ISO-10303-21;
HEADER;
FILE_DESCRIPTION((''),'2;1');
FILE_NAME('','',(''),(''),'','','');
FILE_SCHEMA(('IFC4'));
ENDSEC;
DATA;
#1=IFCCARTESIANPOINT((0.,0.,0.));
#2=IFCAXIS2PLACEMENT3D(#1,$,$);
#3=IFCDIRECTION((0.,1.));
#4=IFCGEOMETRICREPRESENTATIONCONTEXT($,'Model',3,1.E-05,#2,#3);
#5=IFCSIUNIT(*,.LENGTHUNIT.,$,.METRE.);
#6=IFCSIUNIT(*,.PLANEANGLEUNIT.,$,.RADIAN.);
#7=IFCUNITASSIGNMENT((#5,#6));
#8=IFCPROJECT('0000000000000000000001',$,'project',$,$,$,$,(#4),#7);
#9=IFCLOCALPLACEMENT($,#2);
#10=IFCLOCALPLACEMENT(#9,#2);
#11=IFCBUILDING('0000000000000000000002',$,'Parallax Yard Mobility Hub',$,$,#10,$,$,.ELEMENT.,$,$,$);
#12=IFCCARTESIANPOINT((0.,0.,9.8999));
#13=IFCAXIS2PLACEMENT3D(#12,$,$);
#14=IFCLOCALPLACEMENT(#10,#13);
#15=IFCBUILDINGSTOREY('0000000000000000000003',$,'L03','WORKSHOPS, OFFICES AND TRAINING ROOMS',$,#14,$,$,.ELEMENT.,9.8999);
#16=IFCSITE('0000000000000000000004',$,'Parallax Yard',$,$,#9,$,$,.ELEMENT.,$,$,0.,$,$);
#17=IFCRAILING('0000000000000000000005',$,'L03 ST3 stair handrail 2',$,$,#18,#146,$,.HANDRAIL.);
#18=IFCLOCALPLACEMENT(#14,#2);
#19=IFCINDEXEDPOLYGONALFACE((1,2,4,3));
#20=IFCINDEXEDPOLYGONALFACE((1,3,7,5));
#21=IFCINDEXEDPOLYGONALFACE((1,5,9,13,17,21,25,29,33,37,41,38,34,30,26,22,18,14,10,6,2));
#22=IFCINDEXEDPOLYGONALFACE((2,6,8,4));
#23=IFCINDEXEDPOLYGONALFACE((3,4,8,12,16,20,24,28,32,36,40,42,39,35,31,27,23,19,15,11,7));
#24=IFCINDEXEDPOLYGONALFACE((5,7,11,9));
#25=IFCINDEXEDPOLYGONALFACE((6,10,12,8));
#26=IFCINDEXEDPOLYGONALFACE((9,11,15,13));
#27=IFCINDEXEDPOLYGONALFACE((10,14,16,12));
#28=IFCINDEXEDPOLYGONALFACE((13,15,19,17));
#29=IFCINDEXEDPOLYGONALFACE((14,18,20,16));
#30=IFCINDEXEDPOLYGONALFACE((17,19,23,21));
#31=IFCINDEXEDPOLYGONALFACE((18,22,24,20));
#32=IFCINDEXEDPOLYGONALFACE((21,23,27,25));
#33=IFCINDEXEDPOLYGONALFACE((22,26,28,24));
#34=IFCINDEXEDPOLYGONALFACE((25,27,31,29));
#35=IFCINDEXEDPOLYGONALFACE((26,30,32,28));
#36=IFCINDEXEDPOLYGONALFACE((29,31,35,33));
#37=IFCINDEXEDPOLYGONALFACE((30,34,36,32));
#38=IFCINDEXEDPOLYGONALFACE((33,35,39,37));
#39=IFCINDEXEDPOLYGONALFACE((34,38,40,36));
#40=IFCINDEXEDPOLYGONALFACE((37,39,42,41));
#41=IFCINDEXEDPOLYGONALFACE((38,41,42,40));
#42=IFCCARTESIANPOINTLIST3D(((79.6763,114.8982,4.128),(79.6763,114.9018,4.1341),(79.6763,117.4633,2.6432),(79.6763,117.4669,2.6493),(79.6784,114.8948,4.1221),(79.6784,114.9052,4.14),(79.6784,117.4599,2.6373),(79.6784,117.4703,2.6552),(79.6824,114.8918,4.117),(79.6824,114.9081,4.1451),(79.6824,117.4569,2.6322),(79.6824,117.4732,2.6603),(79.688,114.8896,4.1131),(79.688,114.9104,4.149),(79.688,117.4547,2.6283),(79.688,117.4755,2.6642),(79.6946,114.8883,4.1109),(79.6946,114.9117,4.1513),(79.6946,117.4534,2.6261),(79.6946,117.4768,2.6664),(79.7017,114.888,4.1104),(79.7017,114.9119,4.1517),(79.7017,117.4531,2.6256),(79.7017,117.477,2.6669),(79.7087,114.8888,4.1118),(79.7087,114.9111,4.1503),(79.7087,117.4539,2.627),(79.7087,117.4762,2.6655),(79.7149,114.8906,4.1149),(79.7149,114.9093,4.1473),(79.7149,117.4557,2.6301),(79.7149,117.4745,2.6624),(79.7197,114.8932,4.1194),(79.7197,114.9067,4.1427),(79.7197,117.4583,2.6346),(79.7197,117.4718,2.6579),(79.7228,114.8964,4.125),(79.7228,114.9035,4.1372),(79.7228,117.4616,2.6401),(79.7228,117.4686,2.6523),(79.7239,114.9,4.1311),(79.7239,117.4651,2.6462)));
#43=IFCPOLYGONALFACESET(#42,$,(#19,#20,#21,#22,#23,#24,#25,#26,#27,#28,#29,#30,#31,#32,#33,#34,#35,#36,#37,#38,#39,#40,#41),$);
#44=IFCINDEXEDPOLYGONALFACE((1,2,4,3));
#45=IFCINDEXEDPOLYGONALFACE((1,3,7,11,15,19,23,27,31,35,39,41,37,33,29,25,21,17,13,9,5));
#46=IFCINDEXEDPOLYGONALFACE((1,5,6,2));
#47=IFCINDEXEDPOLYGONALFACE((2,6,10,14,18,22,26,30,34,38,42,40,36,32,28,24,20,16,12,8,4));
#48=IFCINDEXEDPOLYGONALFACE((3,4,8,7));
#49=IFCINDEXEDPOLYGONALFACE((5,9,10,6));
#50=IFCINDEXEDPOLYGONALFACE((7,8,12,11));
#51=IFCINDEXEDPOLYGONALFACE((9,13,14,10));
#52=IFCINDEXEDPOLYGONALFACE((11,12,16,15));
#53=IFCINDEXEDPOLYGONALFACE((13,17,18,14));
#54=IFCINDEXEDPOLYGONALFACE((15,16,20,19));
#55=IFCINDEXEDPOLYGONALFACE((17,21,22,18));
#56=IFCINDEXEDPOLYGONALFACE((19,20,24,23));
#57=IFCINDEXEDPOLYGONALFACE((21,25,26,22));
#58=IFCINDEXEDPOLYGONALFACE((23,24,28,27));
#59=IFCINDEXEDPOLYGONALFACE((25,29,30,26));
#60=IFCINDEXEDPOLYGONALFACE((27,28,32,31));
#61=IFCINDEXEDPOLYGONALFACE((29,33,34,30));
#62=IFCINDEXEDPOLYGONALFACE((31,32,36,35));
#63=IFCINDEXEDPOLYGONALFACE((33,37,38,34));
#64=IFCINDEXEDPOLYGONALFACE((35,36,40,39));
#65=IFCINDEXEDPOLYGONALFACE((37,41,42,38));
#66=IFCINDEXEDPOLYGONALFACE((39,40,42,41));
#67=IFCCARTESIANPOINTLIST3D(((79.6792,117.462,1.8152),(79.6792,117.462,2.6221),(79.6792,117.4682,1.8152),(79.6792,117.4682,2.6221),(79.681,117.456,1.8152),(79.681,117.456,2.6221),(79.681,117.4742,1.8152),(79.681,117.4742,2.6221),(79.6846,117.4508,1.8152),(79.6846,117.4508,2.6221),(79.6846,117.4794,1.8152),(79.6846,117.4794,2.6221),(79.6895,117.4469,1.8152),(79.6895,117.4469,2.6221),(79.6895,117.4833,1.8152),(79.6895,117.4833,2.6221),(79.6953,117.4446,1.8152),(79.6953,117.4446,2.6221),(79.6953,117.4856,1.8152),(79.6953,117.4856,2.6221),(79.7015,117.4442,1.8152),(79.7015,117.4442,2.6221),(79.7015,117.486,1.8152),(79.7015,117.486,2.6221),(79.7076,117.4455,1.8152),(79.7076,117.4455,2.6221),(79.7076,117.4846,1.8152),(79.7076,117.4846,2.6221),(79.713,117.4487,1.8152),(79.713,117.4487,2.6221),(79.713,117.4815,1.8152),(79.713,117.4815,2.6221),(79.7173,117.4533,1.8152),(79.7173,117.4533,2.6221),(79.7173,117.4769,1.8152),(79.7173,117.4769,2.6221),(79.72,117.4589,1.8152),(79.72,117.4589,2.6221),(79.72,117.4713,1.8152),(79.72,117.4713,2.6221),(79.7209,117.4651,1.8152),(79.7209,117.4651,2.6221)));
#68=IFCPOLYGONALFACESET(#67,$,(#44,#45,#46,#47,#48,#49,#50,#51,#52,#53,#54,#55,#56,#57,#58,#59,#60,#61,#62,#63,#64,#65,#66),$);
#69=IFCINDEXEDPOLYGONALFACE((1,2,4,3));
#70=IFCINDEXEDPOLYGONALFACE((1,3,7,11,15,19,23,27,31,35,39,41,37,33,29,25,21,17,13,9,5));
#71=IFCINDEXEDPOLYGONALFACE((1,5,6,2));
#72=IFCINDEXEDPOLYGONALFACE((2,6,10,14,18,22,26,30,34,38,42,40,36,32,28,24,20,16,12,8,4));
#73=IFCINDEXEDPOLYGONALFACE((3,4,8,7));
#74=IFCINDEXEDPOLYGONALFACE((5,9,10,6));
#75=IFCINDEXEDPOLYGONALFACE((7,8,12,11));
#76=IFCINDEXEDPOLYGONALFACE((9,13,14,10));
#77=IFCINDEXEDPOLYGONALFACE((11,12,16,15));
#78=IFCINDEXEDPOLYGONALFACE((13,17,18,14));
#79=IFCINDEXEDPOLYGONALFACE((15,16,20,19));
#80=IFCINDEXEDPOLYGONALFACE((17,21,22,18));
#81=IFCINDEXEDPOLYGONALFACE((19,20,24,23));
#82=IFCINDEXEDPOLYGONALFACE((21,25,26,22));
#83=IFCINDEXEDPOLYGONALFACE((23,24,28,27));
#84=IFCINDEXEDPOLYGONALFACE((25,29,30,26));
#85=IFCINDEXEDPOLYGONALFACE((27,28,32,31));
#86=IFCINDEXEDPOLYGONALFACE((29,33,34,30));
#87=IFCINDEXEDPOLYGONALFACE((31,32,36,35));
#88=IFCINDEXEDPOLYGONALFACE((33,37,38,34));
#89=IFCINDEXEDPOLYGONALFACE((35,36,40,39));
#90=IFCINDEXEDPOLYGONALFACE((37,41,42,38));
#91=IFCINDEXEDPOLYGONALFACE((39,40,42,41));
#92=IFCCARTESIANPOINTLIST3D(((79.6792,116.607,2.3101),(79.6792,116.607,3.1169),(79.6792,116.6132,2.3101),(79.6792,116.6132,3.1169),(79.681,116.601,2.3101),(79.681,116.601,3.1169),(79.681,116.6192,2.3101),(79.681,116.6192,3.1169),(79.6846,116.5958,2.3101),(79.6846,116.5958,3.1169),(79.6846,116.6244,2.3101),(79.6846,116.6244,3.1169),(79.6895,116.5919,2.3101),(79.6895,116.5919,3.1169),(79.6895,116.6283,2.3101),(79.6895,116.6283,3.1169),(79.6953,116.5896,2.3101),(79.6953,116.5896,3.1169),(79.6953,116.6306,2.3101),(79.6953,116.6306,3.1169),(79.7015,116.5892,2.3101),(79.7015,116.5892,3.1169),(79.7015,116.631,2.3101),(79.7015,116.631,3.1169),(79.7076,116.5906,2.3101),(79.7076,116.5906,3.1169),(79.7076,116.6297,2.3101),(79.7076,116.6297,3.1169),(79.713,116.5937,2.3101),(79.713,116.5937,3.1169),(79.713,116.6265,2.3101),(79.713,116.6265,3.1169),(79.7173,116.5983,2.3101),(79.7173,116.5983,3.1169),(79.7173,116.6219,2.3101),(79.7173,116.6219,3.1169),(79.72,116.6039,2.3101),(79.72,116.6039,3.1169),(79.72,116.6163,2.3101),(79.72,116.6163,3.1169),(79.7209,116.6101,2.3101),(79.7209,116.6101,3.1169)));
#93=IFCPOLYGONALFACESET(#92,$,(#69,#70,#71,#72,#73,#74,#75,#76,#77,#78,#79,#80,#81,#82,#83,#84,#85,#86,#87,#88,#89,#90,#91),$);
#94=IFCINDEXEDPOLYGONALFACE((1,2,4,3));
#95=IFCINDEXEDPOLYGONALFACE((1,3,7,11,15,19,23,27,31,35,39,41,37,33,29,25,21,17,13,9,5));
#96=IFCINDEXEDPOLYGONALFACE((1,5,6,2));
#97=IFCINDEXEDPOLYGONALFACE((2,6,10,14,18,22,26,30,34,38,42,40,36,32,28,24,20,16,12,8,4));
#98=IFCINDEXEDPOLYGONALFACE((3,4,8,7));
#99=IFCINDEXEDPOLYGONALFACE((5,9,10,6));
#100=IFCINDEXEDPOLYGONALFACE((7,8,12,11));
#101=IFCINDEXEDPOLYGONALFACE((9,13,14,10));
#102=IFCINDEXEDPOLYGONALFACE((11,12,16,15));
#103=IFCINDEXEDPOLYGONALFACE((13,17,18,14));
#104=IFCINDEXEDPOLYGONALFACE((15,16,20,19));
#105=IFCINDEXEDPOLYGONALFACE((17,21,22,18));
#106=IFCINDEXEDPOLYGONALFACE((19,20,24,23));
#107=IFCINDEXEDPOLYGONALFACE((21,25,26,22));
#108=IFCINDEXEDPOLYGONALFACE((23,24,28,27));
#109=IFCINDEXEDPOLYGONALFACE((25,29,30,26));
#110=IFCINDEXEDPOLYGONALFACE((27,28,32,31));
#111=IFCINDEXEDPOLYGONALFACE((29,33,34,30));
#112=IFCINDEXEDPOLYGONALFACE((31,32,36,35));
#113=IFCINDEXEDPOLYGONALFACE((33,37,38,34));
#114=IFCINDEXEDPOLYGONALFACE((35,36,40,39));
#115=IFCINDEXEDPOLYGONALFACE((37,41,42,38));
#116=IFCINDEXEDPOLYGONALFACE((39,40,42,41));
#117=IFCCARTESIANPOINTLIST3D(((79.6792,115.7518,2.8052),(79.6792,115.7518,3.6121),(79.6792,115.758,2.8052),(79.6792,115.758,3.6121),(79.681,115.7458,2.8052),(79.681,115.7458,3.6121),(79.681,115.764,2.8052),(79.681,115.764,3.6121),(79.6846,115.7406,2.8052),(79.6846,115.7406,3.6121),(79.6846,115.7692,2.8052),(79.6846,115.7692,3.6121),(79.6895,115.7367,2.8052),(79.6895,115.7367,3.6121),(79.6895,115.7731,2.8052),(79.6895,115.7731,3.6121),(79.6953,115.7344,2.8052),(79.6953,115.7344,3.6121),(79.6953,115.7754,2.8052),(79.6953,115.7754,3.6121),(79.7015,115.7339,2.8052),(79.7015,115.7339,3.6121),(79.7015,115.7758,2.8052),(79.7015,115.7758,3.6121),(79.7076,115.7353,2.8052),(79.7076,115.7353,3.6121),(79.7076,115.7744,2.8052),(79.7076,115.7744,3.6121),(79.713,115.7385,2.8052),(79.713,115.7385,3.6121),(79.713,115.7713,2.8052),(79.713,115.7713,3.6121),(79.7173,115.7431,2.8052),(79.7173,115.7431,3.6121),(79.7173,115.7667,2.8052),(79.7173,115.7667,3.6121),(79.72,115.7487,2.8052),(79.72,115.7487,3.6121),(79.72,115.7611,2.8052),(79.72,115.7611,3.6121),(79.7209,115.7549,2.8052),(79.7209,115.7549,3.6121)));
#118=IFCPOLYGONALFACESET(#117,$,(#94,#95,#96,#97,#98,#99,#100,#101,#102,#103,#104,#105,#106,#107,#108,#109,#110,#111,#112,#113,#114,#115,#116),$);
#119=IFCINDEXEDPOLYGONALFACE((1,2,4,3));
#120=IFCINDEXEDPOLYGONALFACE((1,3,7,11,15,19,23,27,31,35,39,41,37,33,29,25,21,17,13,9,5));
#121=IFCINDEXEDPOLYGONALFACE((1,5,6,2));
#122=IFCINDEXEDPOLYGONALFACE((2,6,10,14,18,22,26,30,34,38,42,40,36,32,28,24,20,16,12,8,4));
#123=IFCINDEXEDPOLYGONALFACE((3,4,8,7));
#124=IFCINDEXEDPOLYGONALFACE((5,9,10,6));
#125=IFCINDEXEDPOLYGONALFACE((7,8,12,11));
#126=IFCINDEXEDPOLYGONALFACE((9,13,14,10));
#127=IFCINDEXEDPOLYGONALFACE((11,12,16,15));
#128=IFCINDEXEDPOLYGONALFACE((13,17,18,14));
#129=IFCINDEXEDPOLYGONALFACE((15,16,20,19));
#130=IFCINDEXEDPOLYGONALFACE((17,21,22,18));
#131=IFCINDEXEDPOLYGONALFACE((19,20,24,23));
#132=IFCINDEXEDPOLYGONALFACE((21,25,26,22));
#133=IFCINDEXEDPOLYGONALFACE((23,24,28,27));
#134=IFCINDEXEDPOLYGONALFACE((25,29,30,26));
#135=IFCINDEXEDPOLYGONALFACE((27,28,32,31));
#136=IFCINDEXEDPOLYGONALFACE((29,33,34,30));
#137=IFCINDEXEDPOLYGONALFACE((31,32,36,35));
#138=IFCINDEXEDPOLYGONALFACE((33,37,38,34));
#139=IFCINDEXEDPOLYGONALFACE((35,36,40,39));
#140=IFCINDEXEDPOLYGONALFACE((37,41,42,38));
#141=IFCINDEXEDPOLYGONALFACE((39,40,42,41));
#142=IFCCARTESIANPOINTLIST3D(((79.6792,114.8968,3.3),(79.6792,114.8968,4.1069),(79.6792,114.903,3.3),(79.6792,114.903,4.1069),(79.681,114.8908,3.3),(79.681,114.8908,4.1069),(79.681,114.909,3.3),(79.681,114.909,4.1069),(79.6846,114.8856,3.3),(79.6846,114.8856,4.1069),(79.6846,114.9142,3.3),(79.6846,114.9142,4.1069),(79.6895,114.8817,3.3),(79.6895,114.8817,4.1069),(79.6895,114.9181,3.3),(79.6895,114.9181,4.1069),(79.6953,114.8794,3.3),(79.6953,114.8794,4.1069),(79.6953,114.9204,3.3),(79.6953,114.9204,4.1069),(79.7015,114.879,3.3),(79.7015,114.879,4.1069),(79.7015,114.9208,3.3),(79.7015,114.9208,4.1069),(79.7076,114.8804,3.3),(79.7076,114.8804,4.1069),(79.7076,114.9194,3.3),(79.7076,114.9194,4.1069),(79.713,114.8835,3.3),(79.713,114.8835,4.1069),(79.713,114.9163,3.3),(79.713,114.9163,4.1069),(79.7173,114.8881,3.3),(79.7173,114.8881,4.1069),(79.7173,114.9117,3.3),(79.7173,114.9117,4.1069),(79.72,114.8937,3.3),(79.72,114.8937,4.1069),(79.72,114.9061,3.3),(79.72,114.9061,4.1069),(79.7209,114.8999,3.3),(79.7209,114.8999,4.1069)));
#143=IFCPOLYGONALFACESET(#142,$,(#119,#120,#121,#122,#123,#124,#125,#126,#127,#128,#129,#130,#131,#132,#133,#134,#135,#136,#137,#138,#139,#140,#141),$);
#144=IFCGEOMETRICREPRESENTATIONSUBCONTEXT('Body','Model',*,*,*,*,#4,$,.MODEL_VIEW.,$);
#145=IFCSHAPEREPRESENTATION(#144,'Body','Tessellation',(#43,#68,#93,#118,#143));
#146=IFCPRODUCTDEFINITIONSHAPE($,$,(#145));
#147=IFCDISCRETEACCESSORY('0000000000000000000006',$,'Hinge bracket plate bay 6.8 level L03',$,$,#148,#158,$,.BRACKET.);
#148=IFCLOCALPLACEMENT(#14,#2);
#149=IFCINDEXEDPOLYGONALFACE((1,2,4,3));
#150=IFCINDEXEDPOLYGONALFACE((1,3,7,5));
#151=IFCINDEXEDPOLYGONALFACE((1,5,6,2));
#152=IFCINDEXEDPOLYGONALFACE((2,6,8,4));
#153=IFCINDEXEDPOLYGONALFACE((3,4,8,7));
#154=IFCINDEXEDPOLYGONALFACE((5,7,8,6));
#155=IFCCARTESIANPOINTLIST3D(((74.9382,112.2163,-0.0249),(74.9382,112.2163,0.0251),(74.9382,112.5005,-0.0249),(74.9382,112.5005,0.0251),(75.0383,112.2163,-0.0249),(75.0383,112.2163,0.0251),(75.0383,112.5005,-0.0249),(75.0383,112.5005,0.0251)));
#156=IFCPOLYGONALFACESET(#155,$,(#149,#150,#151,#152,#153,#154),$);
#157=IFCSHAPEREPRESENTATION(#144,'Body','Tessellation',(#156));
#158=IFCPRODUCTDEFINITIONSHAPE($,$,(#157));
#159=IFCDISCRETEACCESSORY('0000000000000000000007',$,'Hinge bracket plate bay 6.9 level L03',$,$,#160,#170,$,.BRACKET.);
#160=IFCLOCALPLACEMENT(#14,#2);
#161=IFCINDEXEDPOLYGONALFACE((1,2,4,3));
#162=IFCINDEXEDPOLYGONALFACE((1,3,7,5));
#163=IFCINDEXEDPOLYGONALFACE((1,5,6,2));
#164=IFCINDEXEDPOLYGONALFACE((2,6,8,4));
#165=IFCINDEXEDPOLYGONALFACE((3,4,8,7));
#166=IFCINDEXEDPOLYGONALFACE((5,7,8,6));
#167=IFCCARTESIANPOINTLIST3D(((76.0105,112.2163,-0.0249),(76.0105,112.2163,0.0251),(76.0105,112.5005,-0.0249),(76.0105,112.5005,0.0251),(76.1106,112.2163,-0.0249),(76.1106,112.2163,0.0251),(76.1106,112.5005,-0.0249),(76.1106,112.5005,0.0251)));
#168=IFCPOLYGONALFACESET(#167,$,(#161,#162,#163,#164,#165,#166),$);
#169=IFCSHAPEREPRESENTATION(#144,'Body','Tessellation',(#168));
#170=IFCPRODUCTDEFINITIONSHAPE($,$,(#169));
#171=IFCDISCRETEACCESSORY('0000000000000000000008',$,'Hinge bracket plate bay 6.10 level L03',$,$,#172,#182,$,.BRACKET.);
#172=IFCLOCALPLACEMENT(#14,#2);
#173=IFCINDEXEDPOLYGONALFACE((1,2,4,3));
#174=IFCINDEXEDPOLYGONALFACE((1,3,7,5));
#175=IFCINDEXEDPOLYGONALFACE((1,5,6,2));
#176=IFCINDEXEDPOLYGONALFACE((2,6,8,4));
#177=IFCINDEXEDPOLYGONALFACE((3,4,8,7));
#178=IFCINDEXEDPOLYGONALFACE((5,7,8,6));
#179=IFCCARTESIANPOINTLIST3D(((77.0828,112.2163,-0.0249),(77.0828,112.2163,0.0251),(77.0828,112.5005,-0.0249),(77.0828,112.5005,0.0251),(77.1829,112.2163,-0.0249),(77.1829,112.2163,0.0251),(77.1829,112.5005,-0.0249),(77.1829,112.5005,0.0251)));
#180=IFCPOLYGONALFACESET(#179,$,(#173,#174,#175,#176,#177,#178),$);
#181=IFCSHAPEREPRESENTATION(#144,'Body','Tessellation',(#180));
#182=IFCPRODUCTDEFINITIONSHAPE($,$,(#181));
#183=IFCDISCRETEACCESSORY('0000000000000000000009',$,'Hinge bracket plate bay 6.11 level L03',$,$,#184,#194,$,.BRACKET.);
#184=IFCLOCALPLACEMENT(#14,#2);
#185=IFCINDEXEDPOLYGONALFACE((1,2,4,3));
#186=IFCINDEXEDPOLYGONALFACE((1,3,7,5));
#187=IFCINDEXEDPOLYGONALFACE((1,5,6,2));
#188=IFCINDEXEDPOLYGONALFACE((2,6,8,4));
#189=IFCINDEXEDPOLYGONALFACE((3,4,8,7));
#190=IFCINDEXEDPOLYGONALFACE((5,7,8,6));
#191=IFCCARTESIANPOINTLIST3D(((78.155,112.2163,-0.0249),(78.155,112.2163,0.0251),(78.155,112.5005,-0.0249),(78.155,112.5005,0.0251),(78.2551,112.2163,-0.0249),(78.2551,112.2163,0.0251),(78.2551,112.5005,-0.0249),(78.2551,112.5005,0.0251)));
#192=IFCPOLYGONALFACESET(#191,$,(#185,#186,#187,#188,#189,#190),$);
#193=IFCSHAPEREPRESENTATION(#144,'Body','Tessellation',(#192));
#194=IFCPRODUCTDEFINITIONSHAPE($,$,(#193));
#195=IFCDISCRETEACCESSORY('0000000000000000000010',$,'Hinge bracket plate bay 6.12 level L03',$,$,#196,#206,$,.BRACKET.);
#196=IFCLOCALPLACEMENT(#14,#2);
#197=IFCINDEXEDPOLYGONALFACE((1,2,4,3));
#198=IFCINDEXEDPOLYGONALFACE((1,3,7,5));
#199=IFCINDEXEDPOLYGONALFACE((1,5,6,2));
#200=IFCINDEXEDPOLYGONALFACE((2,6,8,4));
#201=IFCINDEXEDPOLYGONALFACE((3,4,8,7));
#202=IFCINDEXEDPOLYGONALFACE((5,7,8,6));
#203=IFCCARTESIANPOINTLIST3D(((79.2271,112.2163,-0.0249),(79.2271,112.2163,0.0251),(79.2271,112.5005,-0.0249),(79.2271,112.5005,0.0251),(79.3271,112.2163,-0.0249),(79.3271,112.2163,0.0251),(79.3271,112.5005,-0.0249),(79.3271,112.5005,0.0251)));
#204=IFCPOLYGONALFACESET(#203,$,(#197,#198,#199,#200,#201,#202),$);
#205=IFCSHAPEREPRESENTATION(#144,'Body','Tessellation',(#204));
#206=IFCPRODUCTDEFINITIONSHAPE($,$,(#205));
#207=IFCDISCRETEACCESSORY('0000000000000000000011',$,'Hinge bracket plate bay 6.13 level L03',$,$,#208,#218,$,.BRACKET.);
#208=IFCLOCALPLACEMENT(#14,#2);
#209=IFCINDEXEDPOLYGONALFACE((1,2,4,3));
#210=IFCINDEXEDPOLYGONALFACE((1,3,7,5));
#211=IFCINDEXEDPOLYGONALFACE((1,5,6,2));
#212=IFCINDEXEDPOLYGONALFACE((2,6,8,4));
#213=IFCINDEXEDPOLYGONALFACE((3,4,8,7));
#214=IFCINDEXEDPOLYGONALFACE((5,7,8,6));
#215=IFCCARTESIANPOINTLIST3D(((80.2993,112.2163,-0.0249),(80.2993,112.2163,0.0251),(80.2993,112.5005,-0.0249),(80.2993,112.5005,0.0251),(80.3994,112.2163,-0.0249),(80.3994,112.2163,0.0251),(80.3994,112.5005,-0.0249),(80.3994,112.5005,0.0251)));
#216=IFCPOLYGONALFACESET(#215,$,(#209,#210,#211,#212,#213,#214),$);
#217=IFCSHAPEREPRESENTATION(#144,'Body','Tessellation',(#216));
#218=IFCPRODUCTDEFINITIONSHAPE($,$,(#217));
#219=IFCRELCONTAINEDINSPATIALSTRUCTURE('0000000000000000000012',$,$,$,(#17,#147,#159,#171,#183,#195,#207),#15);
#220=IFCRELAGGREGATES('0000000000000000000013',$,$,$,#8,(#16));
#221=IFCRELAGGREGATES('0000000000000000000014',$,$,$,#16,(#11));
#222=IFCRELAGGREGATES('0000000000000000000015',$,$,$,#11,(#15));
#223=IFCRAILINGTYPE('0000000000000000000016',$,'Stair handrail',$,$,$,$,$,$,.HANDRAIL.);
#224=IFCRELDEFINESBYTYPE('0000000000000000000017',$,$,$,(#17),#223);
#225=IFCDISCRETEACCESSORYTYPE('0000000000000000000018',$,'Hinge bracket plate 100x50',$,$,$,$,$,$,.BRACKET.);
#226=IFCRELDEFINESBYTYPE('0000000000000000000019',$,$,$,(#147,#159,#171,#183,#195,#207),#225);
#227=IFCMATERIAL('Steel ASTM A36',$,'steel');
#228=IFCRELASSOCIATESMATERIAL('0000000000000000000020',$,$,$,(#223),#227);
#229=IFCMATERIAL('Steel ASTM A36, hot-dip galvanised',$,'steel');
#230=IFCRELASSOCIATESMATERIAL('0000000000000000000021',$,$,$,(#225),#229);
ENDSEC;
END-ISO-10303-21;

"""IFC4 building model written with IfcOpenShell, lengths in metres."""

from ifc_helpers import new_model, si_unit, direction, frame, origin, origin_2d, place, context, subcontext, project, spatial, rectangle, circle, extrude, material, type_object, element, save


model = new_model("IFC4")

# Units and contexts
model_context = context("Model", 3, precision=1e-05, world=origin(), true_north=direction((0.0, 1.0)))
body_context = subcontext(model_context, "Body", "Model", "MODEL_VIEW")
ifc_project = project(units=[si_unit("LENGTHUNIT", "METRE"), si_unit("PLANEANGLEUNIT", "RADIAN")], contexts=[model_context])

# Site, building, storey
site_placement = place(None, origin())
site = spatial("IfcSite", under=ifc_project, at=site_placement, Name="Parallax Yard", CompositionType="ELEMENT", RefElevation=0.0)
building_placement = place(site_placement, origin())
building = spatial("IfcBuilding", under=site, at=building_placement, Name="Parallax Yard Mobility Hub", CompositionType="ELEMENT")
storey_placement = place(building_placement, frame((0.0, 0.0, 9.8999)))
storey = spatial("IfcBuildingStorey", under=building, at=storey_placement, Name="L03", Description="WORKSHOPS, OFFICES AND TRAINING ROOMS", CompositionType="ELEMENT", Elevation=9.8999)

# Railing
ifc_material_1 = material(Name="Steel ASTM A36", Category="steel")
railing_type_1 = type_object("IfcRailingType", Name="Stair handrail", PredefinedType="HANDRAIL", material=ifc_material_1)
railing_1_placement = place(storey_placement, frame((79.7, 117.4651, 1.8152)))
element("IfcRailing", 1, at=railing_1_placement, inside=storey, type_object=railing_type_1, Name="L03 ST3 stair handrail 2", PredefinedType="HANDRAIL", context=body_context, shape_type="SweptSolid", body=[
    extrude(circle(Radius=0.0239, at=origin_2d()), frame((0.0, 0.0, 0.8311), z_axis=(0.0, -0.865462, 0.500975), x_axis=(1.0, 0.0, 0.0)), (0.0, 0.0, 1.0), 2.9639),
    extrude(circle(Radius=0.021, at=origin_2d()), origin(), (0.0, 0.0, 1.0), 0.8069),
    extrude(circle(Radius=0.021, at=origin_2d()), frame((0.0, -0.855, 0.4949)), (0.0, 0.0, 1.0), 0.8069),
    extrude(circle(Radius=0.021, at=origin_2d()), frame((0.0, -1.7102, 0.99)), (0.0, 0.0, 1.0), 0.8069),
    extrude(circle(Radius=0.021, at=origin_2d()), frame((0.0, -2.5652, 1.4849)), (0.0, 0.0, 1.0), 0.8069),
])

# Discrete accessories
ifc_material_2 = material(Name="Steel ASTM A36, hot-dip galvanised", Category="steel")
discrete_accessory_type_1 = type_object("IfcDiscreteAccessoryType", Name="Hinge bracket plate 100x50", PredefinedType="BRACKET", material=ifc_material_2)
for number, where, z_axis, x_axis, name in (
    (2, (74.9883, 112.3584, -0.0249), (0.0, 0.0, 1.0), (0.0, -1.0, 0.0), "Hinge bracket plate bay 6.8 level L03"),
    (3, (76.0605, 112.3584, -0.0249), (0.0, 0.0, 1.0), (0.0, -1.0, 0.0), "Hinge bracket plate bay 6.9 level L03"),
    (4, (77.1328, 112.3584, -0.0249), (0.0, 0.0, 1.0), (0.0, -1.0, 0.0), "Hinge bracket plate bay 6.10 level L03"),
    (5, (78.2051, 112.3584, -0.0249), (0.0, 0.0, 1.0), (0.0, -1.0, 0.0), "Hinge bracket plate bay 6.11 level L03"),
    (6, (79.2771, 112.3584, -0.0249), (0.0, 0.0, 1.0), (0.0, -1.0, 0.0), "Hinge bracket plate bay 6.12 level L03"),
    (7, (80.3494, 112.3584, -0.0249), (0.0, 0.0, 1.0), (0.0, -1.0, 0.0), "Hinge bracket plate bay 6.13 level L03"),
):
    element("IfcDiscreteAccessory", number, at=place(storey_placement, frame(where, z_axis=z_axis, x_axis=x_axis)), inside=storey, type_object=discrete_accessory_type_1, Name=name, PredefinedType="BRACKET", context=body_context, shape_type="SweptSolid", body=[
        extrude(rectangle(XDim=0.2842, YDim=0.1001, at=origin_2d()), origin(), (0.0, 0.0, 1.0), 0.05),
    ])

save(model, "model.ifc")
